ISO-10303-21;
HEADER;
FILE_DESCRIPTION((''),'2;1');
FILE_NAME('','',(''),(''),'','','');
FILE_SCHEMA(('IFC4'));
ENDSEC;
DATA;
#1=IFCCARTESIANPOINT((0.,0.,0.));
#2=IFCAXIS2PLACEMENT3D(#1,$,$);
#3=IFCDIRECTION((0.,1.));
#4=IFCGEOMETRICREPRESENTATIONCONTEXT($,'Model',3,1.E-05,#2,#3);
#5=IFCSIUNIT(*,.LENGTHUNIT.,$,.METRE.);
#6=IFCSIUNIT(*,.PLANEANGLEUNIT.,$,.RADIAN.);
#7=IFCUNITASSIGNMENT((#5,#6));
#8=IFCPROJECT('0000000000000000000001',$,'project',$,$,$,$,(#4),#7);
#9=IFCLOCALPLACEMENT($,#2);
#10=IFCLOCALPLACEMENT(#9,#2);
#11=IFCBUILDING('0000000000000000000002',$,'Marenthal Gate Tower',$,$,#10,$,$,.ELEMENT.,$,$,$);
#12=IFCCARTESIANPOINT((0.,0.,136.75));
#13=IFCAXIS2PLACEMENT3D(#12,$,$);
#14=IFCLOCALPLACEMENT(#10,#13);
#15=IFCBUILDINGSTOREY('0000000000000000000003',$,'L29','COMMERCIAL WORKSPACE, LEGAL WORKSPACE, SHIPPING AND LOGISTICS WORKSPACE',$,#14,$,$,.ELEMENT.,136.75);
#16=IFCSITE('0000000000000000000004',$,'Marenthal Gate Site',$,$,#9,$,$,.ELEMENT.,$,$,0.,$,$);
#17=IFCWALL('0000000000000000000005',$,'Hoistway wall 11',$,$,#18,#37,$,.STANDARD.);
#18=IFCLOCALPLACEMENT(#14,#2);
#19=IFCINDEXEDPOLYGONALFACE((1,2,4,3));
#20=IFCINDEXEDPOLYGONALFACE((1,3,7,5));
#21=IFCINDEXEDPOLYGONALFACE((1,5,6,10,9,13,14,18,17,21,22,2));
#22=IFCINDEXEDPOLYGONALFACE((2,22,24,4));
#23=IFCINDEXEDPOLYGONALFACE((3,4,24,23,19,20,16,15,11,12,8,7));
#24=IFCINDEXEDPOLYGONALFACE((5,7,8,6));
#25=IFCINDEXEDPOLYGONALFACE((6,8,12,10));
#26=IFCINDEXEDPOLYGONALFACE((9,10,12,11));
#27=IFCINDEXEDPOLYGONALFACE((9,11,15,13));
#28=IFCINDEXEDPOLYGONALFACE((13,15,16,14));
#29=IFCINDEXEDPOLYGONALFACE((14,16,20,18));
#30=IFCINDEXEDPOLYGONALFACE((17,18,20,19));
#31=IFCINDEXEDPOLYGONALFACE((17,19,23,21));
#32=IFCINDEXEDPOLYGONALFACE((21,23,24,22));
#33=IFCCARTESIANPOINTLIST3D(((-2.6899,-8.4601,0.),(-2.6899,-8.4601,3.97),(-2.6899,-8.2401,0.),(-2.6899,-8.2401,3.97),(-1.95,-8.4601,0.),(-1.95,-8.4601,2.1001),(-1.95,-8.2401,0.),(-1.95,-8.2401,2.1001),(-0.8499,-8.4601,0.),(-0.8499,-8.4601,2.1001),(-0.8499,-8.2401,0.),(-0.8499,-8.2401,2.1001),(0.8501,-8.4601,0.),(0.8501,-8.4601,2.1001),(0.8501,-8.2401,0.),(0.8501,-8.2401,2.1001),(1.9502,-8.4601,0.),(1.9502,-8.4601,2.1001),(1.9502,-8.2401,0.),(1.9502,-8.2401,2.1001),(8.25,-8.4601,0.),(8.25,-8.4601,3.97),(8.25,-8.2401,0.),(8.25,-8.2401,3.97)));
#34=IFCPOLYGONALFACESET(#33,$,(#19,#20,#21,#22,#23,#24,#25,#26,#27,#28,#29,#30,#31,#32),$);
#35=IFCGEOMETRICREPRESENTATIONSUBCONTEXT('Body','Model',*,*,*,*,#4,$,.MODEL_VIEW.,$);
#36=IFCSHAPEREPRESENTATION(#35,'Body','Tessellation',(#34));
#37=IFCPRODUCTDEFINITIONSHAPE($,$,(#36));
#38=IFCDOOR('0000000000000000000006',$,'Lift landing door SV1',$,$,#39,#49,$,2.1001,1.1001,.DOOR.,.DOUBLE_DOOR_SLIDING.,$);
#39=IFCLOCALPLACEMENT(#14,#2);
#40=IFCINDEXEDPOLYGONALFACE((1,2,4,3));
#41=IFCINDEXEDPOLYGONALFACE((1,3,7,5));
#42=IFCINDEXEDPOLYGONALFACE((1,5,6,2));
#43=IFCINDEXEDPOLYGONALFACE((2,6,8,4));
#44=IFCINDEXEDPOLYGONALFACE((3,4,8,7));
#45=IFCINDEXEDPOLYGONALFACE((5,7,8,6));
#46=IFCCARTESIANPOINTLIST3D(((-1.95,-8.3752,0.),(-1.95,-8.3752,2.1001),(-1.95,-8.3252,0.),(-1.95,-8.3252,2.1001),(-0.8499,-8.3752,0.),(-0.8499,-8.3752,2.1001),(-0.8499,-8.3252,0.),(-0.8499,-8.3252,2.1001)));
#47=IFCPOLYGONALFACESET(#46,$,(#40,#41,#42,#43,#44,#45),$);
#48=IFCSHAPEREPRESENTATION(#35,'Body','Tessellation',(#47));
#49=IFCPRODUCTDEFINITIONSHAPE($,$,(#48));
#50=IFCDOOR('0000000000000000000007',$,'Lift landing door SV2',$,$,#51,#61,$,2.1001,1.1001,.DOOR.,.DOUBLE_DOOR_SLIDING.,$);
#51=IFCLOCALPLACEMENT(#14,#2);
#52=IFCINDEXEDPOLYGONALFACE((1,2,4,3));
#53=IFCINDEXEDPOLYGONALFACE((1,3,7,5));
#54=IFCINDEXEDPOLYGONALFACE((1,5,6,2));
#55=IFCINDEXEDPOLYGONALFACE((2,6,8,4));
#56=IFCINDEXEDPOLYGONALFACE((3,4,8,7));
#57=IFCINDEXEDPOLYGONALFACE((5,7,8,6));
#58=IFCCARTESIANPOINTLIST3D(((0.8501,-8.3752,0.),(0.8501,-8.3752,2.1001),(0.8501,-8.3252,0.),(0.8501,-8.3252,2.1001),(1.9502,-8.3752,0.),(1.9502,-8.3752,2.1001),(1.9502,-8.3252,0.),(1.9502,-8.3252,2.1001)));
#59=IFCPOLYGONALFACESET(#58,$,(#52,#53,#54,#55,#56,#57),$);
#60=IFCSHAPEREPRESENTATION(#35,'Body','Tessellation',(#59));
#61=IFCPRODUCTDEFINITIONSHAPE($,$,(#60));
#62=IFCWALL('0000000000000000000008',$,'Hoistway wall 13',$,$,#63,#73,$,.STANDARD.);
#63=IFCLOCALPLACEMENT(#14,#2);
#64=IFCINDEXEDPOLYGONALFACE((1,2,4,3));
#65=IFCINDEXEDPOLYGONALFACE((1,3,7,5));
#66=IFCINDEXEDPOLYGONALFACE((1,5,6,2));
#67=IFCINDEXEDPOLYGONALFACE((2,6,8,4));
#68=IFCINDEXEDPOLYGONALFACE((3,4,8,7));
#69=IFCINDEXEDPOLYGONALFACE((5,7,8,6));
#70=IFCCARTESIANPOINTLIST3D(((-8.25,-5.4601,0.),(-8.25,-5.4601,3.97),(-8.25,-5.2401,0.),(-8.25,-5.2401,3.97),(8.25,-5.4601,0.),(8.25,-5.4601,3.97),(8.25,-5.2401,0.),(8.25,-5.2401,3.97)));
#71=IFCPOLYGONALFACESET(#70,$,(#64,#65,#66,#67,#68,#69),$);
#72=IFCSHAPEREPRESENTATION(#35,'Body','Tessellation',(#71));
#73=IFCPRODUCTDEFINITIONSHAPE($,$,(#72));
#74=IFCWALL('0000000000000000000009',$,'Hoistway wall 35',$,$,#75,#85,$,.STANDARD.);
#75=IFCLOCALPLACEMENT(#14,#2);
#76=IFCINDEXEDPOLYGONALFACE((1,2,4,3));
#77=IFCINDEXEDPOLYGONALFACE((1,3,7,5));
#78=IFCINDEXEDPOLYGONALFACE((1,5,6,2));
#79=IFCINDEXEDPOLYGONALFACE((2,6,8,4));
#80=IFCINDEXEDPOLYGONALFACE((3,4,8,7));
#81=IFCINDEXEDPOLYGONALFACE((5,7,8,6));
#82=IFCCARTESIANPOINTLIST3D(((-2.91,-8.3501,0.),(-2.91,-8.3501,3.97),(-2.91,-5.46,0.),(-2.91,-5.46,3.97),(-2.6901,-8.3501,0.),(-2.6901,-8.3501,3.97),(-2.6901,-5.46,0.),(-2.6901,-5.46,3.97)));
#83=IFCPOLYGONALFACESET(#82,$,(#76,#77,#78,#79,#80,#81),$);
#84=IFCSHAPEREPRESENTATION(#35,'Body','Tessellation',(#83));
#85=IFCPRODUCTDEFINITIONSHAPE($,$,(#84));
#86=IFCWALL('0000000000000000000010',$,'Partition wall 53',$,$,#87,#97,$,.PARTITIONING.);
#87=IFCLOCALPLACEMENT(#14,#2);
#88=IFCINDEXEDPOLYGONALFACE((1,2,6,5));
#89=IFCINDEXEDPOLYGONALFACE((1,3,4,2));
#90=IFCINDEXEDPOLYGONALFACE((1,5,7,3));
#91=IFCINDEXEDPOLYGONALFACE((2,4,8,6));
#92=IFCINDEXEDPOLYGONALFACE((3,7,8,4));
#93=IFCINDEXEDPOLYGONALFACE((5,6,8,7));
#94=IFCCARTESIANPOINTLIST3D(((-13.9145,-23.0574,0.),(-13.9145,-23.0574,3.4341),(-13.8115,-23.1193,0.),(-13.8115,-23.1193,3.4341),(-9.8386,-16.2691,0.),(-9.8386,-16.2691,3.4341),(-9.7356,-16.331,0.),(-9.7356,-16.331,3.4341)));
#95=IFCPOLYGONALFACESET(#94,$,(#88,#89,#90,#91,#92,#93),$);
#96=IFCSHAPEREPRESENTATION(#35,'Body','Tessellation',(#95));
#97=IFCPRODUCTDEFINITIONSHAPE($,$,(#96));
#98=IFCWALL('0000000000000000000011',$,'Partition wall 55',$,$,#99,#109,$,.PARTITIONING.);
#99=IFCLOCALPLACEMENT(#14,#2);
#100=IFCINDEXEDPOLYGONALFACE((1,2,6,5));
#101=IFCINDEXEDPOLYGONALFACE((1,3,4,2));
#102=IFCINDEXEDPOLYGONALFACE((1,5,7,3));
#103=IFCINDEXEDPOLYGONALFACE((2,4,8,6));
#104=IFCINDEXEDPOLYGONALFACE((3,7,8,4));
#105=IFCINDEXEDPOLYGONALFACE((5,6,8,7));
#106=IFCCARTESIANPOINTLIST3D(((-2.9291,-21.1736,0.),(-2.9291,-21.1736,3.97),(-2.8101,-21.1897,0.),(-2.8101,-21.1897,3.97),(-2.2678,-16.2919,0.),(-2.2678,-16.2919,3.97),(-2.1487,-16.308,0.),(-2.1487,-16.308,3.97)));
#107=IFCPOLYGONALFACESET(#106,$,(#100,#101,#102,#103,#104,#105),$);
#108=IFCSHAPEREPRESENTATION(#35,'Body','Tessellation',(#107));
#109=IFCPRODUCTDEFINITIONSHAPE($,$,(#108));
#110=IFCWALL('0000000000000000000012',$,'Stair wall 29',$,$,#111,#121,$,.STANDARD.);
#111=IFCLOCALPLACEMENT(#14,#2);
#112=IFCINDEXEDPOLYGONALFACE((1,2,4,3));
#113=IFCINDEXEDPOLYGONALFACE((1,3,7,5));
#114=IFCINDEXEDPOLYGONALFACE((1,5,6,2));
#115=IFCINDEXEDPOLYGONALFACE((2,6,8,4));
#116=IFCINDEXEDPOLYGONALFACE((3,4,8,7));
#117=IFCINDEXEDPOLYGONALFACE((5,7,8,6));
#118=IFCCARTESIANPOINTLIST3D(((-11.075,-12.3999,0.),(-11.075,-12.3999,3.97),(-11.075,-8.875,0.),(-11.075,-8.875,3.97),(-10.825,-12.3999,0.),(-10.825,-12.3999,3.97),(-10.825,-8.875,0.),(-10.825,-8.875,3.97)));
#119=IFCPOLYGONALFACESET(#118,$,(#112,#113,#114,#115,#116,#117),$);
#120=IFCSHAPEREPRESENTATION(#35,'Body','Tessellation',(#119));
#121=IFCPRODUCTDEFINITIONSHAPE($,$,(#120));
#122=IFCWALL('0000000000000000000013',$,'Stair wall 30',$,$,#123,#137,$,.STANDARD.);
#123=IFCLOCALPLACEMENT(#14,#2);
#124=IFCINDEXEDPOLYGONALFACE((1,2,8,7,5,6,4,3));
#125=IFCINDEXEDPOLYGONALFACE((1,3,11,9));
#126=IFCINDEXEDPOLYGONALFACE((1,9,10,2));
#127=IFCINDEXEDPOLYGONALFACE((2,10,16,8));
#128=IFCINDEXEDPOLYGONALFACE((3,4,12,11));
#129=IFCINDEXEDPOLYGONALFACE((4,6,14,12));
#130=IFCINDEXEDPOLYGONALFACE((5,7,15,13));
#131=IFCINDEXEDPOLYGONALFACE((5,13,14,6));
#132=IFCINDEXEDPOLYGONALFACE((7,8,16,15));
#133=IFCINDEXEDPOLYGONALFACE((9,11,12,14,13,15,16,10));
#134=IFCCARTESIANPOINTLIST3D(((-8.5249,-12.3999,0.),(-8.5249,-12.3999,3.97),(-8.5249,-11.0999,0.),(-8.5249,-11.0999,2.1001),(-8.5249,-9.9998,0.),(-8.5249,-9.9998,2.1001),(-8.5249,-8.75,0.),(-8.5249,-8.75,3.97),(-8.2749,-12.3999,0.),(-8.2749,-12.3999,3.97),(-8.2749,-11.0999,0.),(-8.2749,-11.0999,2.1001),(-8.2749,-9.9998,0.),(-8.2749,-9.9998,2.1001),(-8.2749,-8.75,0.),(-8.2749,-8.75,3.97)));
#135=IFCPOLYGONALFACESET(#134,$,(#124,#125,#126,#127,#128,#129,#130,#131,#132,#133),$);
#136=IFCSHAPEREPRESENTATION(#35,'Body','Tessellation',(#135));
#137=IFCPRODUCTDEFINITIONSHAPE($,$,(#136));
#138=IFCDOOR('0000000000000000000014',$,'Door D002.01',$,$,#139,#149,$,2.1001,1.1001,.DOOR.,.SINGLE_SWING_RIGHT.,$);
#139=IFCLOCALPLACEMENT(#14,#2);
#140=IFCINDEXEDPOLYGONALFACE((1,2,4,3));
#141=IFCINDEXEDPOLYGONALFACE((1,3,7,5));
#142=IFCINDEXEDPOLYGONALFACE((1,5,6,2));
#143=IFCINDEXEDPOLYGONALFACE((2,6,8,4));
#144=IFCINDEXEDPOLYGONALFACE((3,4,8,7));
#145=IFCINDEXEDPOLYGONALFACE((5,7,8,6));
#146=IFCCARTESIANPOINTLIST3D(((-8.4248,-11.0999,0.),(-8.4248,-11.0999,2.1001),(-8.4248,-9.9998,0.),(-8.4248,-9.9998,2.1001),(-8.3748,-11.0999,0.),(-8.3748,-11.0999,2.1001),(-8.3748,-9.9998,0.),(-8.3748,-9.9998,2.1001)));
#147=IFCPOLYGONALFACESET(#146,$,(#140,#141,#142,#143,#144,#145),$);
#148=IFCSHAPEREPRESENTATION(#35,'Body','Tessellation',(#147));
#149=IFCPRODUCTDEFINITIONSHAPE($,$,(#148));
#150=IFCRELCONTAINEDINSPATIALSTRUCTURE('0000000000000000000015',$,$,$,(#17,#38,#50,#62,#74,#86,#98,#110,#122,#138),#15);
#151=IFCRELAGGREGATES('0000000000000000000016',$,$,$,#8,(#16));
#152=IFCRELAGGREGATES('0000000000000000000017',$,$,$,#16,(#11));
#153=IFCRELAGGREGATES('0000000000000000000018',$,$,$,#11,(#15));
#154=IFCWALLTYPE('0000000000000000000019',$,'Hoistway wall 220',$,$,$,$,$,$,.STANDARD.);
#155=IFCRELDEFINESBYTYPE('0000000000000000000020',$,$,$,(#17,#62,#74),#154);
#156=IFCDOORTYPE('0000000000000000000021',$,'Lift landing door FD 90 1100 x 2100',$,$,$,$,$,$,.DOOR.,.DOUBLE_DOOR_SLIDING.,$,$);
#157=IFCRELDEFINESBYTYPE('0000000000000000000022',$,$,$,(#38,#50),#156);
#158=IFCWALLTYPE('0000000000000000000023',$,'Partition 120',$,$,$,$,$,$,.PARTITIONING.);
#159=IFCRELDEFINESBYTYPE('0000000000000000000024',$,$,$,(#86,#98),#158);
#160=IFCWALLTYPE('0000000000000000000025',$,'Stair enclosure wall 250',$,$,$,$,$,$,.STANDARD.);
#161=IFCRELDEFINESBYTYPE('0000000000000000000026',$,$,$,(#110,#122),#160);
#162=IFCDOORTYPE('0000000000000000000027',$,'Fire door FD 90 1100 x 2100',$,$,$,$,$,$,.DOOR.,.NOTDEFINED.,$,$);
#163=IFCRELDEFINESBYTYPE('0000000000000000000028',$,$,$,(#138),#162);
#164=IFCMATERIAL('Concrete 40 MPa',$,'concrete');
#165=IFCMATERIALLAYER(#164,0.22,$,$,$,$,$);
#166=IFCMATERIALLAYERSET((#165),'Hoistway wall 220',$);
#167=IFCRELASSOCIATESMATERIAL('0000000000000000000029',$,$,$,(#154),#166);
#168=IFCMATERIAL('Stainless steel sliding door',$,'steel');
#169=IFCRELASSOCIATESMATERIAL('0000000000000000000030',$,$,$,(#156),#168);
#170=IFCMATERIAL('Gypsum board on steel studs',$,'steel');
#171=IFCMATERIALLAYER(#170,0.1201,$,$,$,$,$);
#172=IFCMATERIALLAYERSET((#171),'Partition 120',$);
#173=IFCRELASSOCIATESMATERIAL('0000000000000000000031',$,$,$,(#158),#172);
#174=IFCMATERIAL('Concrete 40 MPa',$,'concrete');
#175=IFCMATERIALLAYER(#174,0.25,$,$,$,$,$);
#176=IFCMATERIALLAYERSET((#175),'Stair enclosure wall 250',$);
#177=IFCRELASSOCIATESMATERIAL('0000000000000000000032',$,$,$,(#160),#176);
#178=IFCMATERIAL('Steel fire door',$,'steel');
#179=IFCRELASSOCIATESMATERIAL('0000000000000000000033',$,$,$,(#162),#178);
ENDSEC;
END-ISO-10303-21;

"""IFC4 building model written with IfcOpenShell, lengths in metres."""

from ifc_helpers import new_model, si_unit, direction, frame, frame_2d, origin, place, context, subcontext, project, spatial, rectangle, extrude, material, layer, layer_set, type_object, element, fill, save


model = new_model("IFC4")

# Units and contexts
model_context = context("Model", 3, precision=1e-05, world=origin(), true_north=direction((0.0, 1.0)))
body_context = subcontext(model_context, "Body", "Model", "MODEL_VIEW")
ifc_project = project(units=[si_unit("LENGTHUNIT", "METRE"), si_unit("PLANEANGLEUNIT", "RADIAN")], contexts=[model_context])

# Site, building, storey
site_placement = place(None, origin())
site = spatial("IfcSite", under=ifc_project, at=site_placement, Name="Marenthal Gate Site", CompositionType="ELEMENT", RefElevation=0.0)
building_placement = place(site_placement, origin())
building = spatial("IfcBuilding", under=site, at=building_placement, Name="Marenthal Gate Tower", CompositionType="ELEMENT")
storey_placement = place(building_placement, frame((0.0, 0.0, 136.75)))
storey = spatial("IfcBuildingStorey", under=building, at=storey_placement, Name="L29", Description="COMMERCIAL WORKSPACE, LEGAL WORKSPACE, SHIPPING AND LOGISTICS WORKSPACE", CompositionType="ELEMENT", Elevation=136.75)

# Wall, openings, doors
ifc_material_1 = material(Name="Concrete 40 MPa", Category="concrete")
ifc_layer_1 = layer(ifc_material_1, 0.22)
ifc_layer_set_1 = layer_set([ifc_layer_1], Name="Hoistway wall 220")
wall_type_1 = type_object("IfcWallType", Name="Hoistway wall 220", PredefinedType="STANDARD", material=ifc_layer_set_1)
ifc_material_2 = material(Name="Stainless steel sliding door", Category="steel")
door_type_1 = type_object("IfcDoorType", Name="Lift landing door FD 90 1100 x 2100", OperationType="DOUBLE_DOOR_SLIDING", PredefinedType="DOOR", material=ifc_material_2)
wall_1_placement = place(storey_placement, frame((-2.6899, -8.3501, 0.0), z_axis=(0.0, 0.0, 1.0), x_axis=(1.0, 0.0, 0.0)))
wall_1 = element("IfcWall", 1, at=wall_1_placement, inside=storey, type_object=wall_type_1, Name="Hoistway wall 11", PredefinedType="STANDARD", context=body_context, shape_type="SweptSolid", body=[
    extrude(rectangle(XDim=10.9399, YDim=0.22, at=frame_2d((5.47, 0.0))), origin(), (0.0, 0.0, 1.0), 3.97),
])
opening_1_placement = place(wall_1_placement, frame((0.74, 0.0, 0.0)))
opening_1 = element("IfcOpeningElement", 2, at=opening_1_placement, cuts=wall_1, PredefinedType="OPENING", context=body_context, shape_type="SweptSolid", body=[
    extrude(rectangle(XDim=1.1001, YDim=2.1001, at=frame_2d((0.55, 1.05))), frame((0.0, 0.1201, 0.0), z_axis=(0.0, -1.0, 0.0), x_axis=(1.0, 0.0, 0.0)), (0.0, 0.0, 1.0), 0.24),
])
opening_2_placement = place(wall_1_placement, frame((3.54, 0.0, 0.0)))
opening_2 = element("IfcOpeningElement", 3, at=opening_2_placement, cuts=wall_1, PredefinedType="OPENING", context=body_context, shape_type="SweptSolid", body=[
    extrude(rectangle(XDim=1.1001, YDim=2.1001, at=frame_2d((0.55, 1.05))), frame((0.0, 0.1201, 0.0), z_axis=(0.0, -1.0, 0.0), x_axis=(1.0, 0.0, 0.0)), (0.0, 0.0, 1.0), 0.24),
])
door_1_placement = place(opening_1_placement, origin())
door_1 = element("IfcDoor", 4, at=door_1_placement, inside=storey, type_object=door_type_1, Name="Lift landing door SV1", OperationType="DOUBLE_DOOR_SLIDING", OverallHeight=2.1001, OverallWidth=1.1001, PredefinedType="DOOR", context=body_context, shape_type="SweptSolid", body=[
    extrude(rectangle(XDim=1.1001, YDim=2.1001, at=frame_2d((0.55, 1.05))), frame((0.0, 0.0249, 0.0), z_axis=(0.0, -1.0, 0.0), x_axis=(1.0, 0.0, 0.0)), (0.0, 0.0, 1.0), 0.05),
])
fill(opening_1, door_1)
door_2_placement = place(opening_2_placement, origin())
door_2 = element("IfcDoor", 5, at=door_2_placement, inside=storey, type_object=door_type_1, Name="Lift landing door SV2", OperationType="DOUBLE_DOOR_SLIDING", OverallHeight=2.1001, OverallWidth=1.1001, PredefinedType="DOOR", context=body_context, shape_type="SweptSolid", body=[
    extrude(rectangle(XDim=1.1001, YDim=2.1001, at=frame_2d((0.55, 1.05))), frame((0.0, 0.0249, 0.0), z_axis=(0.0, -1.0, 0.0), x_axis=(1.0, 0.0, 0.0)), (0.0, 0.0, 1.0), 0.05),
])
fill(opening_2, door_2)

# Walls
wall_2_placement = place(storey_placement, frame((-8.25, -5.3501, 0.0), z_axis=(0.0, 0.0, 1.0), x_axis=(1.0, 0.0, 0.0)))
element("IfcWall", 6, at=wall_2_placement, inside=storey, type_object=wall_type_1, Name="Hoistway wall 13", PredefinedType="STANDARD", context=body_context, shape_type="SweptSolid", body=[
    extrude(rectangle(XDim=16.5, YDim=0.22, at=frame_2d((8.25, 0.0))), origin(), (0.0, 0.0, 1.0), 3.97),
])
wall_3_placement = place(storey_placement, frame((-2.8, -8.3501, 0.0), z_axis=(0.0, 0.0, 1.0), x_axis=(0.0, 1.0, 0.0)))
element("IfcWall", 7, at=wall_3_placement, inside=storey, type_object=wall_type_1, Name="Hoistway wall 35", PredefinedType="STANDARD", context=body_context, shape_type="SweptSolid", body=[
    extrude(rectangle(XDim=2.8901, YDim=0.22, at=frame_2d((1.4451, 0.0))), origin(), (0.0, 0.0, 1.0), 3.97),
])
ifc_material_3 = material(Name="Gypsum board on steel studs", Category="steel")
ifc_layer_2 = layer(ifc_material_3, 0.1201)
ifc_layer_set_2 = layer_set([ifc_layer_2], Name="Partition 120")
wall_type_2 = type_object("IfcWallType", Name="Partition 120", PredefinedType="PARTITIONING", material=ifc_layer_set_2)
wall_4_placement = place(storey_placement, frame((-9.7871, -16.3, 0.0), z_axis=(0.0, 0.0, 1.0), x_axis=(-0.514768, -0.85733, 0.0)))
element("IfcWall", 8, at=wall_4_placement, inside=storey, type_object=wall_type_2, Name="Partition wall 53", PredefinedType="PARTITIONING", context=body_context, shape_type="SweptSolid", body=[
    extrude(rectangle(XDim=7.918, YDim=0.1201, at=frame_2d((3.959, 0.0))), origin(), (0.0, 0.0, 1.0), 3.4341),
])
wall_5_placement = place(storey_placement, frame((-2.8696, -21.1816, 0.0), z_axis=(0.0, 0.0, 1.0), x_axis=(0.134257, 0.990947, 0.0)))
element("IfcWall", 9, at=wall_5_placement, inside=storey, type_object=wall_type_2, Name="Partition wall 55", PredefinedType="PARTITIONING", context=body_context, shape_type="SweptSolid", body=[
    extrude(rectangle(XDim=4.9263, YDim=0.1201, at=frame_2d((2.4631, 0.0))), origin(), (0.0, 0.0, 1.0), 3.97),
])
ifc_material_4 = material(Name="Concrete 40 MPa", Category="concrete")
ifc_layer_3 = layer(ifc_material_4, 0.25)
ifc_layer_set_3 = layer_set([ifc_layer_3], Name="Stair enclosure wall 250")
wall_type_3 = type_object("IfcWallType", Name="Stair enclosure wall 250", PredefinedType="STANDARD", material=ifc_layer_set_3)
wall_6_placement = place(storey_placement, frame((-10.95, -12.3999, 0.0), z_axis=(0.0, 0.0, 1.0), x_axis=(0.0, 1.0, 0.0)))
element("IfcWall", 10, at=wall_6_placement, inside=storey, type_object=wall_type_3, Name="Stair wall 29", PredefinedType="STANDARD", context=body_context, shape_type="SweptSolid", body=[
    extrude(rectangle(XDim=3.5249, YDim=0.25, at=frame_2d((1.7625, 0.0))), origin(), (0.0, 0.0, 1.0), 3.97),
])

# Wall, opening, door
wall_7_placement = place(storey_placement, frame((-8.3999, -12.3999, 0.0), z_axis=(0.0, 0.0, 1.0), x_axis=(0.0, 1.0, 0.0)))
wall_7 = element("IfcWall", 11, at=wall_7_placement, inside=storey, type_object=wall_type_3, Name="Stair wall 30", PredefinedType="STANDARD", context=body_context, shape_type="SweptSolid", body=[
    extrude(rectangle(XDim=3.6499, YDim=0.25, at=frame_2d((1.825, 0.0))), origin(), (0.0, 0.0, 1.0), 3.97),
])
opening_3_placement = place(wall_7_placement, frame((1.3, 0.0, 0.0)))
opening_3 = element("IfcOpeningElement", 12, at=opening_3_placement, cuts=wall_7, PredefinedType="OPENING", context=body_context, shape_type="SweptSolid", body=[
    extrude(rectangle(XDim=1.1001, YDim=2.1001, at=frame_2d((0.55, 1.05))), frame((0.0, 0.135, 0.0), z_axis=(0.0, -1.0, 0.0), x_axis=(1.0, 0.0, 0.0)), (0.0, 0.0, 1.0), 0.27),
])
ifc_material_5 = material(Name="Steel fire door", Category="steel")
door_type_2 = type_object("IfcDoorType", Name="Fire door FD 90 1100 x 2100", OperationType="NOTDEFINED", PredefinedType="DOOR", material=ifc_material_5)
door_3_placement = place(opening_3_placement, origin())
door_3 = element("IfcDoor", 13, at=door_3_placement, inside=storey, type_object=door_type_2, Name="Door D002.01", OperationType="SINGLE_SWING_RIGHT", OverallHeight=2.1001, OverallWidth=1.1001, PredefinedType="DOOR", context=body_context, shape_type="SweptSolid", body=[
    extrude(rectangle(XDim=1.1001, YDim=2.1001, at=frame_2d((0.55, 1.05))), frame((0.0, 0.0249, 0.0), z_axis=(0.0, -1.0, 0.0), x_axis=(1.0, 0.0, 0.0)), (0.0, 0.0, 1.0), 0.05),
])
fill(opening_3, door_3)

save(model, "model.ifc")
